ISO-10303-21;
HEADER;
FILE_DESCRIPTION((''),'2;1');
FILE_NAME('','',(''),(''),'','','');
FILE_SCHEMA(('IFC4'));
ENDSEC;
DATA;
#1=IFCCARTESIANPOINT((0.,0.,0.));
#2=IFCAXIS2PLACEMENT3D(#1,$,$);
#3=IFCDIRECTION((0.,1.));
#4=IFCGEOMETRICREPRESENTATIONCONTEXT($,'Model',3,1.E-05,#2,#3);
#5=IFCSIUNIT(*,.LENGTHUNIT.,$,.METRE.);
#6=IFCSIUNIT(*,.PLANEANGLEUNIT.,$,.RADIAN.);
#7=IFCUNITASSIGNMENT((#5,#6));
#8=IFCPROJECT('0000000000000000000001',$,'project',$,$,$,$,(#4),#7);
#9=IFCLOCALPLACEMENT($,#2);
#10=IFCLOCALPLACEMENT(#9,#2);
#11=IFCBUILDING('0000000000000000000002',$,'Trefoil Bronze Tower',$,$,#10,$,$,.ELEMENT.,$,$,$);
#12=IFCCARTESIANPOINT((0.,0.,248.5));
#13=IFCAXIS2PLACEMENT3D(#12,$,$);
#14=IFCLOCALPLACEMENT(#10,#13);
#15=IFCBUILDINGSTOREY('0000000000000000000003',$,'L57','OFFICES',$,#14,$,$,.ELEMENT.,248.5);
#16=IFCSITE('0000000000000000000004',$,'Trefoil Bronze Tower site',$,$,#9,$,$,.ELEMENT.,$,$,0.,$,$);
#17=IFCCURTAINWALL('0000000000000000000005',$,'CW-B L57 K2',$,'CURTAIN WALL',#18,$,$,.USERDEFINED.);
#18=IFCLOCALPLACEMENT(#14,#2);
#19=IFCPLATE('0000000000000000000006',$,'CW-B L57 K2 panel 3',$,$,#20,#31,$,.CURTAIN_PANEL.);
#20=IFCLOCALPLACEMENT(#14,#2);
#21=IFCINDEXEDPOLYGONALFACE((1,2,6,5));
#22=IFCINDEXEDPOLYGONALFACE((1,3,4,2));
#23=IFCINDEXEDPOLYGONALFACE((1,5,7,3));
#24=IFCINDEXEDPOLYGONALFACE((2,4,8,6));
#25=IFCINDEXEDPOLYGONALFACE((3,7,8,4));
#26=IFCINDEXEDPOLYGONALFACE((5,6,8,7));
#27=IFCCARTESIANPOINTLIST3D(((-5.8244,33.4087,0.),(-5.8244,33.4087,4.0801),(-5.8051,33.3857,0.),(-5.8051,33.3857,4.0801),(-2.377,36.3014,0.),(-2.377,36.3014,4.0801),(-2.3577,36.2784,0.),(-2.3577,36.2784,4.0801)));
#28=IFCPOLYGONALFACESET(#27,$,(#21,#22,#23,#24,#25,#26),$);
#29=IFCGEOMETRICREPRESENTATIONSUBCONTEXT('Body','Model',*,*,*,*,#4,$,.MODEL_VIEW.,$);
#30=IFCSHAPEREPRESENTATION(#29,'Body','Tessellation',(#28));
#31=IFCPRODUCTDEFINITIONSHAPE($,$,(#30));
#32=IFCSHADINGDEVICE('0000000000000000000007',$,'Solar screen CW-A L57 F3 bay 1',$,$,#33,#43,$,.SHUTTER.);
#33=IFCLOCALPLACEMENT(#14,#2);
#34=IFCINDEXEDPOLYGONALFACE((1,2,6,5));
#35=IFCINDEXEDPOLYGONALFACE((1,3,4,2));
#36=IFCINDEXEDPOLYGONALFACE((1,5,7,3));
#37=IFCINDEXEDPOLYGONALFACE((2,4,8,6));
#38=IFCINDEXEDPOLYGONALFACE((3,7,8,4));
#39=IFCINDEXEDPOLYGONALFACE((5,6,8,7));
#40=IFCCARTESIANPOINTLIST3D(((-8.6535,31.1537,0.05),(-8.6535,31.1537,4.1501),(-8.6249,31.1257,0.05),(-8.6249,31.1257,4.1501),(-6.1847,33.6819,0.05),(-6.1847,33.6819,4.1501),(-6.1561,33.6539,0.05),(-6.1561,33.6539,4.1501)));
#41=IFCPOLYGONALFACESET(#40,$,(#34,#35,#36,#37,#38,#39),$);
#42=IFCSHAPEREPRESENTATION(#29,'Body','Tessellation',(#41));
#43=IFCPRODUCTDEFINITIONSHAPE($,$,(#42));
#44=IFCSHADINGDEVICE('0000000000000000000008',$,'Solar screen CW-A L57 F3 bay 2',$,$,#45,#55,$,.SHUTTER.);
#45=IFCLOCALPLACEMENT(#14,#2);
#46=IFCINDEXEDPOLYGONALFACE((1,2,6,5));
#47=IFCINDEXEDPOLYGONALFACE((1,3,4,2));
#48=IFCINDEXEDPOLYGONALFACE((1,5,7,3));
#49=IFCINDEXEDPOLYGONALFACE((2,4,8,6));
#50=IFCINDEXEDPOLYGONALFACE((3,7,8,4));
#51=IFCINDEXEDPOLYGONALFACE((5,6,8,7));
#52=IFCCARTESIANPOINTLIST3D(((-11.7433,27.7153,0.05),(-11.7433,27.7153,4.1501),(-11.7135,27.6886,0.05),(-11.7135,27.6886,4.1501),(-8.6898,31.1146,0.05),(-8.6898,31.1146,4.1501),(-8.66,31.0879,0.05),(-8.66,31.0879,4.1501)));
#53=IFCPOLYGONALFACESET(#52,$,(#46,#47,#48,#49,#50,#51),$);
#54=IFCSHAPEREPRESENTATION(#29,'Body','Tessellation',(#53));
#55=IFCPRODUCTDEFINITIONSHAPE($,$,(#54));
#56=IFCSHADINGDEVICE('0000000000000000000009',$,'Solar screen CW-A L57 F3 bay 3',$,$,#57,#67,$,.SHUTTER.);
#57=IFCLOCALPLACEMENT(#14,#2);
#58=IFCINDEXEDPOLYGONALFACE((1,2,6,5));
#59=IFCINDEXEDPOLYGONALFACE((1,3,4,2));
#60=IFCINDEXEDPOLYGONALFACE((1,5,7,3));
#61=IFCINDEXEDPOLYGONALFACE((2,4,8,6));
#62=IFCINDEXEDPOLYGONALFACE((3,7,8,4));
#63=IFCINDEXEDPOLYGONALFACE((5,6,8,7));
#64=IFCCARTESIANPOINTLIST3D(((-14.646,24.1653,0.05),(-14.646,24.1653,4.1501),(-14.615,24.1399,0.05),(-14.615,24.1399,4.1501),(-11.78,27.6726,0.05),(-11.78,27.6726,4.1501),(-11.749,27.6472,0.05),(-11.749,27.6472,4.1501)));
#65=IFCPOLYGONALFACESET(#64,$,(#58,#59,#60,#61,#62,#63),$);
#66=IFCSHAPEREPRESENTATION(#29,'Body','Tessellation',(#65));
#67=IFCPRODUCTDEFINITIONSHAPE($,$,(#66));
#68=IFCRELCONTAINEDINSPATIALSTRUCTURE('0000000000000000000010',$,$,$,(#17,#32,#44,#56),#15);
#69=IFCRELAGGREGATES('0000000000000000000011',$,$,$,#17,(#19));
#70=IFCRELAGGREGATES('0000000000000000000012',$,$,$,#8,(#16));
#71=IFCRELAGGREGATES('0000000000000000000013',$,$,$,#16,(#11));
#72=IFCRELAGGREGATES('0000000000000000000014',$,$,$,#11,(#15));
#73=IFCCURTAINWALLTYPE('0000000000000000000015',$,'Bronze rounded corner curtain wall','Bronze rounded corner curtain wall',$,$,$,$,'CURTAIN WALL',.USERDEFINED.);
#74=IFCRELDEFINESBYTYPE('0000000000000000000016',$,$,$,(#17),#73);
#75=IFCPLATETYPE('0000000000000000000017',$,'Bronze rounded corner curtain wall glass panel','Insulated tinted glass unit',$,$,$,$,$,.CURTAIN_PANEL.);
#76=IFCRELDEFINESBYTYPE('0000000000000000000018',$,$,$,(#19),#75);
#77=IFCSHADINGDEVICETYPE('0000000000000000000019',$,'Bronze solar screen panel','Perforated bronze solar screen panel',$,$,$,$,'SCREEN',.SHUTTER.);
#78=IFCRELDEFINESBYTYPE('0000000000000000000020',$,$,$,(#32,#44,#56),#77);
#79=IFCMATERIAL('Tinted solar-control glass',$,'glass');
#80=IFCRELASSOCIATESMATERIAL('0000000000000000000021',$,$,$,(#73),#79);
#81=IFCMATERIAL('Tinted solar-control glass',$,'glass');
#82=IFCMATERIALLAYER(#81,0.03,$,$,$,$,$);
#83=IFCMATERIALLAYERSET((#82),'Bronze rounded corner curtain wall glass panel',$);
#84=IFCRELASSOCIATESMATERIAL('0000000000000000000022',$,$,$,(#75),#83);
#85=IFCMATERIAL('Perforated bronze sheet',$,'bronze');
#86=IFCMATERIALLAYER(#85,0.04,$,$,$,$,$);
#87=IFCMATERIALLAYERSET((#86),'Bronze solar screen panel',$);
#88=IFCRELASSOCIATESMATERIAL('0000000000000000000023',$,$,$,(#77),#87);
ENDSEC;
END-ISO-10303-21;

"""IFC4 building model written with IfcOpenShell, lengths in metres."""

from ifc_helpers import new_model, si_unit, direction, frame, origin, origin_2d, place, context, subcontext, project, spatial, rectangle, extrude, material, layer, layer_set, type_object, element, aggregate, save


model = new_model("IFC4")

# Units and contexts
model_context = context("Model", 3, precision=1e-05, world=origin(), true_north=direction((0.0, 1.0)))
body_context = subcontext(model_context, "Body", "Model", "MODEL_VIEW")
ifc_project = project(units=[si_unit("LENGTHUNIT", "METRE"), si_unit("PLANEANGLEUNIT", "RADIAN")], contexts=[model_context])

# Site, building, storey
site_placement = place(None, origin())
site = spatial("IfcSite", under=ifc_project, at=site_placement, Name="Trefoil Bronze Tower site", CompositionType="ELEMENT", RefElevation=0.0)
building_placement = place(site_placement, origin())
building = spatial("IfcBuilding", under=site, at=building_placement, Name="Trefoil Bronze Tower", CompositionType="ELEMENT")
storey_placement = place(building_placement, frame((0.0, 0.0, 248.5)))
storey = spatial("IfcBuildingStorey", under=building, at=storey_placement, Name="L57", Description="OFFICES", CompositionType="ELEMENT", Elevation=248.5)

# Curtain wall
ifc_material_1 = material(Name="Tinted solar-control glass", Category="glass")
curtain_wall_type_1 = type_object("IfcCurtainWallType", Name="Bronze rounded corner curtain wall", Description="Bronze rounded corner curtain wall", ElementType="CURTAIN WALL", PredefinedType="USERDEFINED", material=ifc_material_1)
curtain_wall_1_placement = place(storey_placement, origin())
curtain_wall_1 = element("IfcCurtainWall", 1, at=curtain_wall_1_placement, inside=storey, type_object=curtain_wall_type_1, Name="CW-B L57 K2", ObjectType="CURTAIN WALL", PredefinedType="USERDEFINED")

# Plate
ifc_material_2 = material(Name="Tinted solar-control glass", Category="glass")
ifc_layer_1 = layer(ifc_material_2, 0.03)
ifc_layer_set_1 = layer_set([ifc_layer_1], Name="Bronze rounded corner curtain wall glass panel")
plate_type_1 = type_object("IfcPlateType", Name="Bronze rounded corner curtain wall glass panel", Description="Insulated tinted glass unit", PredefinedType="CURTAIN_PANEL", material=ifc_layer_set_1)
plate_1_placement = place(storey_placement, frame((-4.0911, 34.8435, 0.0), z_axis=(0.0, 0.0, 1.0), x_axis=(-0.766044, -0.642788, 0.0)))
plate_1 = element("IfcPlate", 2, at=plate_1_placement, type_object=plate_type_1, Name="CW-B L57 K2 panel 3", PredefinedType="CURTAIN_PANEL", context=body_context, shape_type="SweptSolid", body=[
    extrude(rectangle(XDim=4.5002, YDim=0.03, at=origin_2d()), origin(), (0.0, 0.0, 1.0), 4.0801),
])
aggregate(curtain_wall_1, [plate_1])

# Shading devices
ifc_material_3 = material(Name="Perforated bronze sheet", Category="bronze")
ifc_layer_2 = layer(ifc_material_3, 0.04)
ifc_layer_set_2 = layer_set([ifc_layer_2], Name="Bronze solar screen panel")
shading_device_type = type_object("IfcShadingDeviceType", Name="Bronze solar screen panel", Description="Perforated bronze solar screen panel", ElementType="SCREEN", PredefinedType="SHUTTER", material=ifc_layer_set_2)
shading_device_1_placement = place(storey_placement, frame((-7.4048, 32.4038, 0.05), z_axis=(0.0, 0.0, 1.0), x_axis=(-0.698652, -0.715462, 0.0)))
element("IfcShadingDevice", 3, at=shading_device_1_placement, inside=storey, type_object=shading_device_type, Name="Solar screen CW-A L57 F3 bay 1", PredefinedType="SHUTTER", context=body_context, shape_type="SweptSolid", body=[
    extrude(rectangle(XDim=3.5337, YDim=0.04, at=origin_2d()), origin(), (0.0, 0.0, 1.0), 4.1001),
])
shading_device_2_placement = place(storey_placement, frame((-10.2017, 29.4016, 0.05), z_axis=(0.0, 0.0, 1.0), x_axis=(-0.668246, -0.743941, 0.0)))
element("IfcShadingDevice", 4, at=shading_device_2_placement, inside=storey, type_object=shading_device_type, Name="Solar screen CW-A L57 F3 bay 2", PredefinedType="SHUTTER", context=body_context, shape_type="SweptSolid", body=[
    extrude(rectangle(XDim=4.5693, YDim=0.04, at=origin_2d()), origin(), (0.0, 0.0, 1.0), 4.1001),
])
shading_device_3_placement = place(storey_placement, frame((-13.1975, 25.9062, 0.05), z_axis=(0.0, 0.0, 1.0), x_axis=(-0.632753, -0.774354, 0.0)))
element("IfcShadingDevice", 5, at=shading_device_3_placement, inside=storey, type_object=shading_device_type, Name="Solar screen CW-A L57 F3 bay 3", PredefinedType="SHUTTER", context=body_context, shape_type="SweptSolid", body=[
    extrude(rectangle(XDim=4.5293, YDim=0.04, at=origin_2d()), origin(), (0.0, 0.0, 1.0), 4.1001),
])

save(model, "model.ifc")
